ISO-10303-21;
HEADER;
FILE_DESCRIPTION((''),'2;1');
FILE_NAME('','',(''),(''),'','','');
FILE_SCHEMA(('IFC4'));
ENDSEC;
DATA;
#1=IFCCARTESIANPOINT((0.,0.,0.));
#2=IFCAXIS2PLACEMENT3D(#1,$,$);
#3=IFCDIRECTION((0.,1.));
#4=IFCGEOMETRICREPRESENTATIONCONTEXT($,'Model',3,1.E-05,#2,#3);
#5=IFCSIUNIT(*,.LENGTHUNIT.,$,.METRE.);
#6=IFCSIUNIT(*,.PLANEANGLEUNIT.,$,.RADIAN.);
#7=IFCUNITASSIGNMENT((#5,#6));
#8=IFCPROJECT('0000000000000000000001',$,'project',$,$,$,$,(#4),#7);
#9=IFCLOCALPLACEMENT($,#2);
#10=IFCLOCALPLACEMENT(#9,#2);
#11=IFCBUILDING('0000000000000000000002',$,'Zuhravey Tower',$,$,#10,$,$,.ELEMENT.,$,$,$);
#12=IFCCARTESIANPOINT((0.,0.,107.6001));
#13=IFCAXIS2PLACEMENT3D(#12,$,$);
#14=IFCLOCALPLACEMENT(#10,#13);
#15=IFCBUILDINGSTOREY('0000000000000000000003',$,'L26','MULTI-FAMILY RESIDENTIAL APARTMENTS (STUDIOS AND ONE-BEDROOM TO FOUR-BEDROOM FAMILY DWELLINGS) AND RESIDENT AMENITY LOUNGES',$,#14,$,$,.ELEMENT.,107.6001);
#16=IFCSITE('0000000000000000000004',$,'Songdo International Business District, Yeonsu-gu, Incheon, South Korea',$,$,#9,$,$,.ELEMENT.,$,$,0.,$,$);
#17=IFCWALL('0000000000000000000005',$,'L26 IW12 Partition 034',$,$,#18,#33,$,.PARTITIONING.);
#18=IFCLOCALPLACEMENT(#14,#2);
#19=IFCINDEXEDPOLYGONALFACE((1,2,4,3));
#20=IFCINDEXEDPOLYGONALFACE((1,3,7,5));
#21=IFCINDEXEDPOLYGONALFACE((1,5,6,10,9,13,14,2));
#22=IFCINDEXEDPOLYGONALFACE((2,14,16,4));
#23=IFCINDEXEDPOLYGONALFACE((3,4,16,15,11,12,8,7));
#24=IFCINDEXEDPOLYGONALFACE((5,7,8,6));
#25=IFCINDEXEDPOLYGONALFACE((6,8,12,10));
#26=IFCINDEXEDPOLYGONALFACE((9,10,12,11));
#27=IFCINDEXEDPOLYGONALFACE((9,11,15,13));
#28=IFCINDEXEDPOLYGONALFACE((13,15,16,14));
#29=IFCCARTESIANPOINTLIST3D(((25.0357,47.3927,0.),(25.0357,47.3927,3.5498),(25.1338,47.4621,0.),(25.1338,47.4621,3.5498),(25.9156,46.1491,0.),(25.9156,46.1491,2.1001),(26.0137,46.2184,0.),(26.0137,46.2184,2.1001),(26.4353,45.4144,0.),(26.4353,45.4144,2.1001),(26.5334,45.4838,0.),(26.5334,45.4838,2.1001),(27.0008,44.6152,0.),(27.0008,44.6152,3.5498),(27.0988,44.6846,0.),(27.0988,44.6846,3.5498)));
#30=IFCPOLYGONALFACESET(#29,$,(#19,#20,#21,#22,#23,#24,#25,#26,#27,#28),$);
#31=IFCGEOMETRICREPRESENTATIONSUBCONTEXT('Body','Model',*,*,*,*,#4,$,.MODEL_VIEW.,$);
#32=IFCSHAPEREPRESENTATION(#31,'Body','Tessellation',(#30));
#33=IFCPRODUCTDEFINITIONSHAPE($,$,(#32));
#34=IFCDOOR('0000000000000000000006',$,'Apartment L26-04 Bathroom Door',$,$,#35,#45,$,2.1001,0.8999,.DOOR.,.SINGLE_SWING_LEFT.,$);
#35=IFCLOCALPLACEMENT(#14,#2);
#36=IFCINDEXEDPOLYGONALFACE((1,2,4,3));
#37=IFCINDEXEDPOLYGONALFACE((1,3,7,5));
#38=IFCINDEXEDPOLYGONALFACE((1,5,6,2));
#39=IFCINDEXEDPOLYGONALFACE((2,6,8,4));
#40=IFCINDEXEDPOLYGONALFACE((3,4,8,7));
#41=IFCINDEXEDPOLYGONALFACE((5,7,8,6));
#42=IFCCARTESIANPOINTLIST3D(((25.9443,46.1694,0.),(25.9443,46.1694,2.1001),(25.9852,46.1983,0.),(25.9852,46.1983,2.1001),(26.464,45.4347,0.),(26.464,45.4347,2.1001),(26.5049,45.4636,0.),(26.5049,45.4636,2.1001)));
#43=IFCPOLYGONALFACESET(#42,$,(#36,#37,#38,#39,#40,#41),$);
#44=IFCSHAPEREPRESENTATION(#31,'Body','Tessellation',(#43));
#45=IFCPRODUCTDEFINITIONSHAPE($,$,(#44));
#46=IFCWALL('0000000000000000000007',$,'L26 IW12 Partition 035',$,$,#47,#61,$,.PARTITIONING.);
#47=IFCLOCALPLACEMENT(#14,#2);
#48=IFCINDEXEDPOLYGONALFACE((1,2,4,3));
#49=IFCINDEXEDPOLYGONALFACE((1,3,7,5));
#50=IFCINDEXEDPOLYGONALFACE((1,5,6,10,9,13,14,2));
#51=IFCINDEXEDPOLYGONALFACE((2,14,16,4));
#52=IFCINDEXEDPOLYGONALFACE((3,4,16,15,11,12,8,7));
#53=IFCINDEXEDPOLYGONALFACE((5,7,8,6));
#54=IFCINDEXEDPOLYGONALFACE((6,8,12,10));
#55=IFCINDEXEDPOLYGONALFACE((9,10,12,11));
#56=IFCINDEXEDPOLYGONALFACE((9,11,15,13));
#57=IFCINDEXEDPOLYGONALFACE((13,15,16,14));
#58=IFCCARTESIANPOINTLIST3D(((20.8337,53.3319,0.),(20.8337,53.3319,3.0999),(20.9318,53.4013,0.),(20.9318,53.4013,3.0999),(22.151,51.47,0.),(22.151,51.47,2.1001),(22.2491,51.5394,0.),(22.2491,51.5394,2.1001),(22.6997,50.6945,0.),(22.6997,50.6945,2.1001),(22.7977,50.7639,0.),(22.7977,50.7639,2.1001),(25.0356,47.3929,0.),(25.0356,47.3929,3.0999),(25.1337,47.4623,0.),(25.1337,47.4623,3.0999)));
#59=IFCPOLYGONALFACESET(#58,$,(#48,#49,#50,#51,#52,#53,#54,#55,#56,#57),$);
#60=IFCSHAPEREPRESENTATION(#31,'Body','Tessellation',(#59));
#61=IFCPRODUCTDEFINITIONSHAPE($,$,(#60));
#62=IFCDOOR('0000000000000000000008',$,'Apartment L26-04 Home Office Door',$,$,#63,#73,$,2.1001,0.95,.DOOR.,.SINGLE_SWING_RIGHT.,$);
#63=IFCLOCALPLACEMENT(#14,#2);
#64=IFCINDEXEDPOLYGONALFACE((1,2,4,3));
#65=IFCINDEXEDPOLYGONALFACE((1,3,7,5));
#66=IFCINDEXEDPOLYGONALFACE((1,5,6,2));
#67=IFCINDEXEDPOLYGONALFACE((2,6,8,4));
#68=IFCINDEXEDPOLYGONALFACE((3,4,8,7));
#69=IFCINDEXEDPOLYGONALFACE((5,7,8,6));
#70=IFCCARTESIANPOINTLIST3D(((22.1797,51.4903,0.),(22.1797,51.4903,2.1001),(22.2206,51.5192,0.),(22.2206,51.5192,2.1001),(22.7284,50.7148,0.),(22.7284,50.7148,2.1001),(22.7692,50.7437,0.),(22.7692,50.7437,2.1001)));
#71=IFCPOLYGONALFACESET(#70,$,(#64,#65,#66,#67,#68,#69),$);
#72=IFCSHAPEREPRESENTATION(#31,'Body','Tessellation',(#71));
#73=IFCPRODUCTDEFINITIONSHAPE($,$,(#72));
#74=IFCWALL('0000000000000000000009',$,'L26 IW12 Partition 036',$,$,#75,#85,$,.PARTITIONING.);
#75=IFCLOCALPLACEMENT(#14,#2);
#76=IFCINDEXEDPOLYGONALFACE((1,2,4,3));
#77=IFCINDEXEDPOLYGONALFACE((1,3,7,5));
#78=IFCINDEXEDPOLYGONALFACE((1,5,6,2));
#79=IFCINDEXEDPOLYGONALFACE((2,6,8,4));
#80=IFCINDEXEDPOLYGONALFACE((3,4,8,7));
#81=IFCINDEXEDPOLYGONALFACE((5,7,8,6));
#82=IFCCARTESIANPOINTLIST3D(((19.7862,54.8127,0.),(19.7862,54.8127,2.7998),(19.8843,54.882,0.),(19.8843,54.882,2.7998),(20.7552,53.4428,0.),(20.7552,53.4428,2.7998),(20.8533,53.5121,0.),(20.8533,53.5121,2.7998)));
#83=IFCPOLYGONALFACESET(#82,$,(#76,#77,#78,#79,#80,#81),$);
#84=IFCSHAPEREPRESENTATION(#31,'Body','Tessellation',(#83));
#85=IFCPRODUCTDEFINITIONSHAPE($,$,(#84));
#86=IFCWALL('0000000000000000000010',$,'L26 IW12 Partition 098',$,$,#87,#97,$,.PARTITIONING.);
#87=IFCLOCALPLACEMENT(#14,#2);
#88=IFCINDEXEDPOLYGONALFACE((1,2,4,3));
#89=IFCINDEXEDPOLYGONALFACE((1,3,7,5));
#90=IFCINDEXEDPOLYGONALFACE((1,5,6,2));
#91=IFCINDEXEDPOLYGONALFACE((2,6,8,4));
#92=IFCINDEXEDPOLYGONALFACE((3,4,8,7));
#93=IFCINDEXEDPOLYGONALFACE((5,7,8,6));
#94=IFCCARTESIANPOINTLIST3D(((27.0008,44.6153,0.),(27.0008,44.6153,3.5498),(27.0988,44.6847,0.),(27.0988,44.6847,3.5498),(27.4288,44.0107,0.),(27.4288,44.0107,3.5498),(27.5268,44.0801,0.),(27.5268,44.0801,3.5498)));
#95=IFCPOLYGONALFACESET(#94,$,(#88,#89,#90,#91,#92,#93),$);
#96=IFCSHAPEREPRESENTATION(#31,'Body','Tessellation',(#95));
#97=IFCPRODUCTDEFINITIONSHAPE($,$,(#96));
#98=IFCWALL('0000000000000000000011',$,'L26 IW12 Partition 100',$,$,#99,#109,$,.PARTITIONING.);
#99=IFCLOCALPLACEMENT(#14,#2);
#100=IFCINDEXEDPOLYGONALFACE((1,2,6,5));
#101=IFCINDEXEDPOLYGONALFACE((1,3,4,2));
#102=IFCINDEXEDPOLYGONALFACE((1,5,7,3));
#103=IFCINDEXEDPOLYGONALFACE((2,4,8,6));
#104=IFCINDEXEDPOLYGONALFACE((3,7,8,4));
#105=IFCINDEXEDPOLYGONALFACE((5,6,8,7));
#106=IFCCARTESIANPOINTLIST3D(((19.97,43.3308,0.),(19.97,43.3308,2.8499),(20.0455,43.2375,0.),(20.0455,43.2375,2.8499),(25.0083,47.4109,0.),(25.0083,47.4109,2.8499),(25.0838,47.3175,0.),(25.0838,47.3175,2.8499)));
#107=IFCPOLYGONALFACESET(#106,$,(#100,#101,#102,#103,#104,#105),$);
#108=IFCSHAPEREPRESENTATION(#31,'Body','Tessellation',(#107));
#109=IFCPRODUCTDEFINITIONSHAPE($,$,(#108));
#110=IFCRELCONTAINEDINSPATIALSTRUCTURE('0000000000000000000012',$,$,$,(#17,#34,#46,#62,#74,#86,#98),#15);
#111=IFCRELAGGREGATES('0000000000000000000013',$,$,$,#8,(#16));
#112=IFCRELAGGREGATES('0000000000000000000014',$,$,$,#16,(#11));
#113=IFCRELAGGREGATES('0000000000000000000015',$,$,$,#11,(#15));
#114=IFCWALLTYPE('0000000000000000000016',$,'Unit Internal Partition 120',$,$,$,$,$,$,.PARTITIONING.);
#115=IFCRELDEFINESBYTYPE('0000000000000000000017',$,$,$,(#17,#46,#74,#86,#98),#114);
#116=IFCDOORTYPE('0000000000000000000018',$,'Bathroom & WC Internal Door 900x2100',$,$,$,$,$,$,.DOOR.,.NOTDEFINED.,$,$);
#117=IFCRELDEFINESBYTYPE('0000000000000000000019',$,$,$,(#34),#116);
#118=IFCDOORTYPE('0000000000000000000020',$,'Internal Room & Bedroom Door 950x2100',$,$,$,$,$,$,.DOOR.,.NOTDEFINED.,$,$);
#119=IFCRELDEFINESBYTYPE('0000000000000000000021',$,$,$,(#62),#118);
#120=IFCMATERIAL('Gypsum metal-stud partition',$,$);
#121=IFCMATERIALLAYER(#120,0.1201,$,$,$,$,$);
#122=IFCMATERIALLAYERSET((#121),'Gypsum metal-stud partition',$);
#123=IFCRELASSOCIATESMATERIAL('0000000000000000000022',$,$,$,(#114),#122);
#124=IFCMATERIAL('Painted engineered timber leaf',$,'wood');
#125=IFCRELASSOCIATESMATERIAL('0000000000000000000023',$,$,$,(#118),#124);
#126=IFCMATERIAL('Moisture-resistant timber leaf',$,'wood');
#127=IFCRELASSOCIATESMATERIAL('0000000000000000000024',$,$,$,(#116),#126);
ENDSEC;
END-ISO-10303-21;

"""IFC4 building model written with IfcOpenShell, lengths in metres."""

from ifc_helpers import new_model, si_unit, direction, frame, frame_2d, origin, place, context, subcontext, project, spatial, rectangle, extrude, material, layer, layer_set, type_object, element, fill, save


model = new_model("IFC4")

# Units and contexts
model_context = context("Model", 3, precision=1e-05, world=origin(), true_north=direction((0.0, 1.0)))
body_context = subcontext(model_context, "Body", "Model", "MODEL_VIEW")
ifc_project = project(units=[si_unit("LENGTHUNIT", "METRE"), si_unit("PLANEANGLEUNIT", "RADIAN")], contexts=[model_context])

# Site, building, storey
site_placement = place(None, origin())
site = spatial("IfcSite", under=ifc_project, at=site_placement, Name="Songdo International Business District, Yeonsu-gu, Incheon, South Korea", CompositionType="ELEMENT", RefElevation=0.0)
building_placement = place(site_placement, origin())
building = spatial("IfcBuilding", under=site, at=building_placement, Name="Zuhravey Tower", CompositionType="ELEMENT")
storey_placement = place(building_placement, frame((0.0, 0.0, 107.6001)))
storey = spatial("IfcBuildingStorey", under=building, at=storey_placement, Name="L26", Description="MULTI-FAMILY RESIDENTIAL APARTMENTS (STUDIOS AND ONE-BEDROOM TO FOUR-BEDROOM FAMILY DWELLINGS) AND RESIDENT AMENITY LOUNGES", CompositionType="ELEMENT", Elevation=107.6001)

# Walls, openings, doors
ifc_material_1 = material(Name="Gypsum metal-stud partition")
ifc_layer_1 = layer(ifc_material_1, 0.1201)
ifc_layer_set_1 = layer_set([ifc_layer_1], Name="Gypsum metal-stud partition")
wall_type_1 = type_object("IfcWallType", Name="Unit Internal Partition 120", PredefinedType="PARTITIONING", material=ifc_layer_set_1)
ifc_material_2 = material(Name="Painted engineered timber leaf", Category="wood")
door_type_1 = type_object("IfcDoorType", Name="Internal Room & Bedroom Door 950x2100", OperationType="NOTDEFINED", PredefinedType="DOOR", material=ifc_material_2)
wall_1_placement = place(storey_placement, frame((27.0498, 44.6499, 0.0), z_axis=(0.0, 0.0, 1.0), x_axis=(-0.577553, 0.816353, 0.0)))
wall_1 = element("IfcWall", 1, at=wall_1_placement, inside=storey, type_object=wall_type_1, Name="L26 IW12 Partition 034", PredefinedType="PARTITIONING", context=body_context, shape_type="SweptSolid", body=[
    extrude(rectangle(XDim=3.4023, YDim=0.1201, at=frame_2d((1.7012, 0.0))), origin(), (0.0, 0.0, 1.0), 3.5498),
])
opening_1_placement = place(wall_1_placement, frame((0.979, 0.0, 0.0)))
opening_1 = element("IfcOpeningElement", 2, at=opening_1_placement, cuts=wall_1, PredefinedType="OPENING", context=body_context, shape_type="SweptSolid", body=[
    extrude(rectangle(XDim=0.8999, YDim=2.1001, at=frame_2d((0.45, 1.05))), frame((0.0, 0.072, 0.0), z_axis=(0.0, -1.0, 0.0), x_axis=(1.0, 0.0, 0.0)), (0.0, 0.0, 1.0), 0.144),
])
ifc_material_3 = material(Name="Moisture-resistant timber leaf", Category="wood")
door_type_2 = type_object("IfcDoorType", Name="Bathroom & WC Internal Door 900x2100", OperationType="NOTDEFINED", PredefinedType="DOOR", material=ifc_material_3)
door_1_placement = place(opening_1_placement, origin())
door_1 = element("IfcDoor", 3, at=door_1_placement, inside=storey, type_object=door_type_2, Name="Apartment L26-04 Bathroom Door", OperationType="SINGLE_SWING_LEFT", OverallHeight=2.1001, OverallWidth=0.8999, PredefinedType="DOOR", context=body_context, shape_type="SweptSolid", body=[
    extrude(rectangle(XDim=0.8999, YDim=2.1001, at=frame_2d((0.45, 1.05))), frame((0.0, 0.0249, 0.0), z_axis=(0.0, -1.0, 0.0), x_axis=(1.0, 0.0, 0.0)), (0.0, 0.0, 1.0), 0.05),
])
fill(opening_1, door_1)
wall_2_placement = place(storey_placement, frame((25.0847, 47.4275, 0.0), z_axis=(0.0, 0.0, 1.0), x_axis=(-0.577572, 0.81634, 0.0)))
wall_2 = element("IfcWall", 4, at=wall_2_placement, inside=storey, type_object=wall_type_1, Name="L26 IW12 Partition 035", PredefinedType="PARTITIONING", context=body_context, shape_type="SweptSolid", body=[
    extrude(rectangle(XDim=7.2751, YDim=0.1201, at=frame_2d((3.6377, 0.0))), origin(), (0.0, 0.0, 1.0), 3.0999),
])
opening_2_placement = place(wall_2_placement, frame((4.0444, 0.0, 0.0)))
opening_2 = element("IfcOpeningElement", 5, at=opening_2_placement, cuts=wall_2, PredefinedType="OPENING", context=body_context, shape_type="SweptSolid", body=[
    extrude(rectangle(XDim=0.95, YDim=2.1001, at=frame_2d((0.4751, 1.05))), frame((0.0, 0.072, 0.0), z_axis=(0.0, -1.0, 0.0), x_axis=(1.0, 0.0, 0.0)), (0.0, 0.0, 1.0), 0.144),
])
door_2_placement = place(opening_2_placement, origin())
door_2 = element("IfcDoor", 6, at=door_2_placement, inside=storey, type_object=door_type_1, Name="Apartment L26-04 Home Office Door", OperationType="SINGLE_SWING_RIGHT", OverallHeight=2.1001, OverallWidth=0.95, PredefinedType="DOOR", context=body_context, shape_type="SweptSolid", body=[
    extrude(rectangle(XDim=0.95, YDim=2.1001, at=frame_2d((0.4751, 1.05))), frame((0.0, 0.0249, 0.0), z_axis=(0.0, -1.0, 0.0), x_axis=(1.0, 0.0, 0.0)), (0.0, 0.0, 1.0), 0.05),
])
fill(opening_2, door_2)

# Walls
wall_3_placement = place(storey_placement, frame((20.8042, 53.4775, 0.0), z_axis=(0.0, 0.0, 1.0), x_axis=(-0.577488, 0.816399, 0.0)))
element("IfcWall", 7, at=wall_3_placement, inside=storey, type_object=wall_type_1, Name="L26 IW12 Partition 036", PredefinedType="PARTITIONING", context=body_context, shape_type="SweptSolid", body=[
    extrude(rectangle(XDim=1.678, YDim=0.1201, at=frame_2d((0.8389, 0.0))), origin(), (0.0, 0.0, 1.0), 2.7998),
])
wall_4_placement = place(storey_placement, frame((27.4778, 44.0454, 0.0), z_axis=(0.0, 0.0, 1.0), x_axis=(-0.577834, 0.816154, 0.0)))
element("IfcWall", 8, at=wall_4_placement, inside=storey, type_object=wall_type_1, Name="L26 IW12 Partition 098", PredefinedType="PARTITIONING", context=body_context, shape_type="SweptSolid", body=[
    extrude(rectangle(XDim=0.7407, YDim=0.1201, at=frame_2d((0.3704, 0.0))), origin(), (0.0, 0.0, 1.0), 3.5498),
])
wall_5_placement = place(storey_placement, frame((25.0461, 47.3643, 0.0), z_axis=(0.0, 0.0, 1.0), x_axis=(-0.777137, -0.629331, 0.0)))
element("IfcWall", 9, at=wall_5_placement, inside=storey, type_object=wall_type_1, Name="L26 IW12 Partition 100", PredefinedType="PARTITIONING", context=body_context, shape_type="SweptSolid", body=[
    extrude(rectangle(XDim=6.4832, YDim=0.1201, at=frame_2d((3.2417, 0.0))), origin(), (0.0, 0.0, 1.0), 2.8499),
])

save(model, "model.ifc")
